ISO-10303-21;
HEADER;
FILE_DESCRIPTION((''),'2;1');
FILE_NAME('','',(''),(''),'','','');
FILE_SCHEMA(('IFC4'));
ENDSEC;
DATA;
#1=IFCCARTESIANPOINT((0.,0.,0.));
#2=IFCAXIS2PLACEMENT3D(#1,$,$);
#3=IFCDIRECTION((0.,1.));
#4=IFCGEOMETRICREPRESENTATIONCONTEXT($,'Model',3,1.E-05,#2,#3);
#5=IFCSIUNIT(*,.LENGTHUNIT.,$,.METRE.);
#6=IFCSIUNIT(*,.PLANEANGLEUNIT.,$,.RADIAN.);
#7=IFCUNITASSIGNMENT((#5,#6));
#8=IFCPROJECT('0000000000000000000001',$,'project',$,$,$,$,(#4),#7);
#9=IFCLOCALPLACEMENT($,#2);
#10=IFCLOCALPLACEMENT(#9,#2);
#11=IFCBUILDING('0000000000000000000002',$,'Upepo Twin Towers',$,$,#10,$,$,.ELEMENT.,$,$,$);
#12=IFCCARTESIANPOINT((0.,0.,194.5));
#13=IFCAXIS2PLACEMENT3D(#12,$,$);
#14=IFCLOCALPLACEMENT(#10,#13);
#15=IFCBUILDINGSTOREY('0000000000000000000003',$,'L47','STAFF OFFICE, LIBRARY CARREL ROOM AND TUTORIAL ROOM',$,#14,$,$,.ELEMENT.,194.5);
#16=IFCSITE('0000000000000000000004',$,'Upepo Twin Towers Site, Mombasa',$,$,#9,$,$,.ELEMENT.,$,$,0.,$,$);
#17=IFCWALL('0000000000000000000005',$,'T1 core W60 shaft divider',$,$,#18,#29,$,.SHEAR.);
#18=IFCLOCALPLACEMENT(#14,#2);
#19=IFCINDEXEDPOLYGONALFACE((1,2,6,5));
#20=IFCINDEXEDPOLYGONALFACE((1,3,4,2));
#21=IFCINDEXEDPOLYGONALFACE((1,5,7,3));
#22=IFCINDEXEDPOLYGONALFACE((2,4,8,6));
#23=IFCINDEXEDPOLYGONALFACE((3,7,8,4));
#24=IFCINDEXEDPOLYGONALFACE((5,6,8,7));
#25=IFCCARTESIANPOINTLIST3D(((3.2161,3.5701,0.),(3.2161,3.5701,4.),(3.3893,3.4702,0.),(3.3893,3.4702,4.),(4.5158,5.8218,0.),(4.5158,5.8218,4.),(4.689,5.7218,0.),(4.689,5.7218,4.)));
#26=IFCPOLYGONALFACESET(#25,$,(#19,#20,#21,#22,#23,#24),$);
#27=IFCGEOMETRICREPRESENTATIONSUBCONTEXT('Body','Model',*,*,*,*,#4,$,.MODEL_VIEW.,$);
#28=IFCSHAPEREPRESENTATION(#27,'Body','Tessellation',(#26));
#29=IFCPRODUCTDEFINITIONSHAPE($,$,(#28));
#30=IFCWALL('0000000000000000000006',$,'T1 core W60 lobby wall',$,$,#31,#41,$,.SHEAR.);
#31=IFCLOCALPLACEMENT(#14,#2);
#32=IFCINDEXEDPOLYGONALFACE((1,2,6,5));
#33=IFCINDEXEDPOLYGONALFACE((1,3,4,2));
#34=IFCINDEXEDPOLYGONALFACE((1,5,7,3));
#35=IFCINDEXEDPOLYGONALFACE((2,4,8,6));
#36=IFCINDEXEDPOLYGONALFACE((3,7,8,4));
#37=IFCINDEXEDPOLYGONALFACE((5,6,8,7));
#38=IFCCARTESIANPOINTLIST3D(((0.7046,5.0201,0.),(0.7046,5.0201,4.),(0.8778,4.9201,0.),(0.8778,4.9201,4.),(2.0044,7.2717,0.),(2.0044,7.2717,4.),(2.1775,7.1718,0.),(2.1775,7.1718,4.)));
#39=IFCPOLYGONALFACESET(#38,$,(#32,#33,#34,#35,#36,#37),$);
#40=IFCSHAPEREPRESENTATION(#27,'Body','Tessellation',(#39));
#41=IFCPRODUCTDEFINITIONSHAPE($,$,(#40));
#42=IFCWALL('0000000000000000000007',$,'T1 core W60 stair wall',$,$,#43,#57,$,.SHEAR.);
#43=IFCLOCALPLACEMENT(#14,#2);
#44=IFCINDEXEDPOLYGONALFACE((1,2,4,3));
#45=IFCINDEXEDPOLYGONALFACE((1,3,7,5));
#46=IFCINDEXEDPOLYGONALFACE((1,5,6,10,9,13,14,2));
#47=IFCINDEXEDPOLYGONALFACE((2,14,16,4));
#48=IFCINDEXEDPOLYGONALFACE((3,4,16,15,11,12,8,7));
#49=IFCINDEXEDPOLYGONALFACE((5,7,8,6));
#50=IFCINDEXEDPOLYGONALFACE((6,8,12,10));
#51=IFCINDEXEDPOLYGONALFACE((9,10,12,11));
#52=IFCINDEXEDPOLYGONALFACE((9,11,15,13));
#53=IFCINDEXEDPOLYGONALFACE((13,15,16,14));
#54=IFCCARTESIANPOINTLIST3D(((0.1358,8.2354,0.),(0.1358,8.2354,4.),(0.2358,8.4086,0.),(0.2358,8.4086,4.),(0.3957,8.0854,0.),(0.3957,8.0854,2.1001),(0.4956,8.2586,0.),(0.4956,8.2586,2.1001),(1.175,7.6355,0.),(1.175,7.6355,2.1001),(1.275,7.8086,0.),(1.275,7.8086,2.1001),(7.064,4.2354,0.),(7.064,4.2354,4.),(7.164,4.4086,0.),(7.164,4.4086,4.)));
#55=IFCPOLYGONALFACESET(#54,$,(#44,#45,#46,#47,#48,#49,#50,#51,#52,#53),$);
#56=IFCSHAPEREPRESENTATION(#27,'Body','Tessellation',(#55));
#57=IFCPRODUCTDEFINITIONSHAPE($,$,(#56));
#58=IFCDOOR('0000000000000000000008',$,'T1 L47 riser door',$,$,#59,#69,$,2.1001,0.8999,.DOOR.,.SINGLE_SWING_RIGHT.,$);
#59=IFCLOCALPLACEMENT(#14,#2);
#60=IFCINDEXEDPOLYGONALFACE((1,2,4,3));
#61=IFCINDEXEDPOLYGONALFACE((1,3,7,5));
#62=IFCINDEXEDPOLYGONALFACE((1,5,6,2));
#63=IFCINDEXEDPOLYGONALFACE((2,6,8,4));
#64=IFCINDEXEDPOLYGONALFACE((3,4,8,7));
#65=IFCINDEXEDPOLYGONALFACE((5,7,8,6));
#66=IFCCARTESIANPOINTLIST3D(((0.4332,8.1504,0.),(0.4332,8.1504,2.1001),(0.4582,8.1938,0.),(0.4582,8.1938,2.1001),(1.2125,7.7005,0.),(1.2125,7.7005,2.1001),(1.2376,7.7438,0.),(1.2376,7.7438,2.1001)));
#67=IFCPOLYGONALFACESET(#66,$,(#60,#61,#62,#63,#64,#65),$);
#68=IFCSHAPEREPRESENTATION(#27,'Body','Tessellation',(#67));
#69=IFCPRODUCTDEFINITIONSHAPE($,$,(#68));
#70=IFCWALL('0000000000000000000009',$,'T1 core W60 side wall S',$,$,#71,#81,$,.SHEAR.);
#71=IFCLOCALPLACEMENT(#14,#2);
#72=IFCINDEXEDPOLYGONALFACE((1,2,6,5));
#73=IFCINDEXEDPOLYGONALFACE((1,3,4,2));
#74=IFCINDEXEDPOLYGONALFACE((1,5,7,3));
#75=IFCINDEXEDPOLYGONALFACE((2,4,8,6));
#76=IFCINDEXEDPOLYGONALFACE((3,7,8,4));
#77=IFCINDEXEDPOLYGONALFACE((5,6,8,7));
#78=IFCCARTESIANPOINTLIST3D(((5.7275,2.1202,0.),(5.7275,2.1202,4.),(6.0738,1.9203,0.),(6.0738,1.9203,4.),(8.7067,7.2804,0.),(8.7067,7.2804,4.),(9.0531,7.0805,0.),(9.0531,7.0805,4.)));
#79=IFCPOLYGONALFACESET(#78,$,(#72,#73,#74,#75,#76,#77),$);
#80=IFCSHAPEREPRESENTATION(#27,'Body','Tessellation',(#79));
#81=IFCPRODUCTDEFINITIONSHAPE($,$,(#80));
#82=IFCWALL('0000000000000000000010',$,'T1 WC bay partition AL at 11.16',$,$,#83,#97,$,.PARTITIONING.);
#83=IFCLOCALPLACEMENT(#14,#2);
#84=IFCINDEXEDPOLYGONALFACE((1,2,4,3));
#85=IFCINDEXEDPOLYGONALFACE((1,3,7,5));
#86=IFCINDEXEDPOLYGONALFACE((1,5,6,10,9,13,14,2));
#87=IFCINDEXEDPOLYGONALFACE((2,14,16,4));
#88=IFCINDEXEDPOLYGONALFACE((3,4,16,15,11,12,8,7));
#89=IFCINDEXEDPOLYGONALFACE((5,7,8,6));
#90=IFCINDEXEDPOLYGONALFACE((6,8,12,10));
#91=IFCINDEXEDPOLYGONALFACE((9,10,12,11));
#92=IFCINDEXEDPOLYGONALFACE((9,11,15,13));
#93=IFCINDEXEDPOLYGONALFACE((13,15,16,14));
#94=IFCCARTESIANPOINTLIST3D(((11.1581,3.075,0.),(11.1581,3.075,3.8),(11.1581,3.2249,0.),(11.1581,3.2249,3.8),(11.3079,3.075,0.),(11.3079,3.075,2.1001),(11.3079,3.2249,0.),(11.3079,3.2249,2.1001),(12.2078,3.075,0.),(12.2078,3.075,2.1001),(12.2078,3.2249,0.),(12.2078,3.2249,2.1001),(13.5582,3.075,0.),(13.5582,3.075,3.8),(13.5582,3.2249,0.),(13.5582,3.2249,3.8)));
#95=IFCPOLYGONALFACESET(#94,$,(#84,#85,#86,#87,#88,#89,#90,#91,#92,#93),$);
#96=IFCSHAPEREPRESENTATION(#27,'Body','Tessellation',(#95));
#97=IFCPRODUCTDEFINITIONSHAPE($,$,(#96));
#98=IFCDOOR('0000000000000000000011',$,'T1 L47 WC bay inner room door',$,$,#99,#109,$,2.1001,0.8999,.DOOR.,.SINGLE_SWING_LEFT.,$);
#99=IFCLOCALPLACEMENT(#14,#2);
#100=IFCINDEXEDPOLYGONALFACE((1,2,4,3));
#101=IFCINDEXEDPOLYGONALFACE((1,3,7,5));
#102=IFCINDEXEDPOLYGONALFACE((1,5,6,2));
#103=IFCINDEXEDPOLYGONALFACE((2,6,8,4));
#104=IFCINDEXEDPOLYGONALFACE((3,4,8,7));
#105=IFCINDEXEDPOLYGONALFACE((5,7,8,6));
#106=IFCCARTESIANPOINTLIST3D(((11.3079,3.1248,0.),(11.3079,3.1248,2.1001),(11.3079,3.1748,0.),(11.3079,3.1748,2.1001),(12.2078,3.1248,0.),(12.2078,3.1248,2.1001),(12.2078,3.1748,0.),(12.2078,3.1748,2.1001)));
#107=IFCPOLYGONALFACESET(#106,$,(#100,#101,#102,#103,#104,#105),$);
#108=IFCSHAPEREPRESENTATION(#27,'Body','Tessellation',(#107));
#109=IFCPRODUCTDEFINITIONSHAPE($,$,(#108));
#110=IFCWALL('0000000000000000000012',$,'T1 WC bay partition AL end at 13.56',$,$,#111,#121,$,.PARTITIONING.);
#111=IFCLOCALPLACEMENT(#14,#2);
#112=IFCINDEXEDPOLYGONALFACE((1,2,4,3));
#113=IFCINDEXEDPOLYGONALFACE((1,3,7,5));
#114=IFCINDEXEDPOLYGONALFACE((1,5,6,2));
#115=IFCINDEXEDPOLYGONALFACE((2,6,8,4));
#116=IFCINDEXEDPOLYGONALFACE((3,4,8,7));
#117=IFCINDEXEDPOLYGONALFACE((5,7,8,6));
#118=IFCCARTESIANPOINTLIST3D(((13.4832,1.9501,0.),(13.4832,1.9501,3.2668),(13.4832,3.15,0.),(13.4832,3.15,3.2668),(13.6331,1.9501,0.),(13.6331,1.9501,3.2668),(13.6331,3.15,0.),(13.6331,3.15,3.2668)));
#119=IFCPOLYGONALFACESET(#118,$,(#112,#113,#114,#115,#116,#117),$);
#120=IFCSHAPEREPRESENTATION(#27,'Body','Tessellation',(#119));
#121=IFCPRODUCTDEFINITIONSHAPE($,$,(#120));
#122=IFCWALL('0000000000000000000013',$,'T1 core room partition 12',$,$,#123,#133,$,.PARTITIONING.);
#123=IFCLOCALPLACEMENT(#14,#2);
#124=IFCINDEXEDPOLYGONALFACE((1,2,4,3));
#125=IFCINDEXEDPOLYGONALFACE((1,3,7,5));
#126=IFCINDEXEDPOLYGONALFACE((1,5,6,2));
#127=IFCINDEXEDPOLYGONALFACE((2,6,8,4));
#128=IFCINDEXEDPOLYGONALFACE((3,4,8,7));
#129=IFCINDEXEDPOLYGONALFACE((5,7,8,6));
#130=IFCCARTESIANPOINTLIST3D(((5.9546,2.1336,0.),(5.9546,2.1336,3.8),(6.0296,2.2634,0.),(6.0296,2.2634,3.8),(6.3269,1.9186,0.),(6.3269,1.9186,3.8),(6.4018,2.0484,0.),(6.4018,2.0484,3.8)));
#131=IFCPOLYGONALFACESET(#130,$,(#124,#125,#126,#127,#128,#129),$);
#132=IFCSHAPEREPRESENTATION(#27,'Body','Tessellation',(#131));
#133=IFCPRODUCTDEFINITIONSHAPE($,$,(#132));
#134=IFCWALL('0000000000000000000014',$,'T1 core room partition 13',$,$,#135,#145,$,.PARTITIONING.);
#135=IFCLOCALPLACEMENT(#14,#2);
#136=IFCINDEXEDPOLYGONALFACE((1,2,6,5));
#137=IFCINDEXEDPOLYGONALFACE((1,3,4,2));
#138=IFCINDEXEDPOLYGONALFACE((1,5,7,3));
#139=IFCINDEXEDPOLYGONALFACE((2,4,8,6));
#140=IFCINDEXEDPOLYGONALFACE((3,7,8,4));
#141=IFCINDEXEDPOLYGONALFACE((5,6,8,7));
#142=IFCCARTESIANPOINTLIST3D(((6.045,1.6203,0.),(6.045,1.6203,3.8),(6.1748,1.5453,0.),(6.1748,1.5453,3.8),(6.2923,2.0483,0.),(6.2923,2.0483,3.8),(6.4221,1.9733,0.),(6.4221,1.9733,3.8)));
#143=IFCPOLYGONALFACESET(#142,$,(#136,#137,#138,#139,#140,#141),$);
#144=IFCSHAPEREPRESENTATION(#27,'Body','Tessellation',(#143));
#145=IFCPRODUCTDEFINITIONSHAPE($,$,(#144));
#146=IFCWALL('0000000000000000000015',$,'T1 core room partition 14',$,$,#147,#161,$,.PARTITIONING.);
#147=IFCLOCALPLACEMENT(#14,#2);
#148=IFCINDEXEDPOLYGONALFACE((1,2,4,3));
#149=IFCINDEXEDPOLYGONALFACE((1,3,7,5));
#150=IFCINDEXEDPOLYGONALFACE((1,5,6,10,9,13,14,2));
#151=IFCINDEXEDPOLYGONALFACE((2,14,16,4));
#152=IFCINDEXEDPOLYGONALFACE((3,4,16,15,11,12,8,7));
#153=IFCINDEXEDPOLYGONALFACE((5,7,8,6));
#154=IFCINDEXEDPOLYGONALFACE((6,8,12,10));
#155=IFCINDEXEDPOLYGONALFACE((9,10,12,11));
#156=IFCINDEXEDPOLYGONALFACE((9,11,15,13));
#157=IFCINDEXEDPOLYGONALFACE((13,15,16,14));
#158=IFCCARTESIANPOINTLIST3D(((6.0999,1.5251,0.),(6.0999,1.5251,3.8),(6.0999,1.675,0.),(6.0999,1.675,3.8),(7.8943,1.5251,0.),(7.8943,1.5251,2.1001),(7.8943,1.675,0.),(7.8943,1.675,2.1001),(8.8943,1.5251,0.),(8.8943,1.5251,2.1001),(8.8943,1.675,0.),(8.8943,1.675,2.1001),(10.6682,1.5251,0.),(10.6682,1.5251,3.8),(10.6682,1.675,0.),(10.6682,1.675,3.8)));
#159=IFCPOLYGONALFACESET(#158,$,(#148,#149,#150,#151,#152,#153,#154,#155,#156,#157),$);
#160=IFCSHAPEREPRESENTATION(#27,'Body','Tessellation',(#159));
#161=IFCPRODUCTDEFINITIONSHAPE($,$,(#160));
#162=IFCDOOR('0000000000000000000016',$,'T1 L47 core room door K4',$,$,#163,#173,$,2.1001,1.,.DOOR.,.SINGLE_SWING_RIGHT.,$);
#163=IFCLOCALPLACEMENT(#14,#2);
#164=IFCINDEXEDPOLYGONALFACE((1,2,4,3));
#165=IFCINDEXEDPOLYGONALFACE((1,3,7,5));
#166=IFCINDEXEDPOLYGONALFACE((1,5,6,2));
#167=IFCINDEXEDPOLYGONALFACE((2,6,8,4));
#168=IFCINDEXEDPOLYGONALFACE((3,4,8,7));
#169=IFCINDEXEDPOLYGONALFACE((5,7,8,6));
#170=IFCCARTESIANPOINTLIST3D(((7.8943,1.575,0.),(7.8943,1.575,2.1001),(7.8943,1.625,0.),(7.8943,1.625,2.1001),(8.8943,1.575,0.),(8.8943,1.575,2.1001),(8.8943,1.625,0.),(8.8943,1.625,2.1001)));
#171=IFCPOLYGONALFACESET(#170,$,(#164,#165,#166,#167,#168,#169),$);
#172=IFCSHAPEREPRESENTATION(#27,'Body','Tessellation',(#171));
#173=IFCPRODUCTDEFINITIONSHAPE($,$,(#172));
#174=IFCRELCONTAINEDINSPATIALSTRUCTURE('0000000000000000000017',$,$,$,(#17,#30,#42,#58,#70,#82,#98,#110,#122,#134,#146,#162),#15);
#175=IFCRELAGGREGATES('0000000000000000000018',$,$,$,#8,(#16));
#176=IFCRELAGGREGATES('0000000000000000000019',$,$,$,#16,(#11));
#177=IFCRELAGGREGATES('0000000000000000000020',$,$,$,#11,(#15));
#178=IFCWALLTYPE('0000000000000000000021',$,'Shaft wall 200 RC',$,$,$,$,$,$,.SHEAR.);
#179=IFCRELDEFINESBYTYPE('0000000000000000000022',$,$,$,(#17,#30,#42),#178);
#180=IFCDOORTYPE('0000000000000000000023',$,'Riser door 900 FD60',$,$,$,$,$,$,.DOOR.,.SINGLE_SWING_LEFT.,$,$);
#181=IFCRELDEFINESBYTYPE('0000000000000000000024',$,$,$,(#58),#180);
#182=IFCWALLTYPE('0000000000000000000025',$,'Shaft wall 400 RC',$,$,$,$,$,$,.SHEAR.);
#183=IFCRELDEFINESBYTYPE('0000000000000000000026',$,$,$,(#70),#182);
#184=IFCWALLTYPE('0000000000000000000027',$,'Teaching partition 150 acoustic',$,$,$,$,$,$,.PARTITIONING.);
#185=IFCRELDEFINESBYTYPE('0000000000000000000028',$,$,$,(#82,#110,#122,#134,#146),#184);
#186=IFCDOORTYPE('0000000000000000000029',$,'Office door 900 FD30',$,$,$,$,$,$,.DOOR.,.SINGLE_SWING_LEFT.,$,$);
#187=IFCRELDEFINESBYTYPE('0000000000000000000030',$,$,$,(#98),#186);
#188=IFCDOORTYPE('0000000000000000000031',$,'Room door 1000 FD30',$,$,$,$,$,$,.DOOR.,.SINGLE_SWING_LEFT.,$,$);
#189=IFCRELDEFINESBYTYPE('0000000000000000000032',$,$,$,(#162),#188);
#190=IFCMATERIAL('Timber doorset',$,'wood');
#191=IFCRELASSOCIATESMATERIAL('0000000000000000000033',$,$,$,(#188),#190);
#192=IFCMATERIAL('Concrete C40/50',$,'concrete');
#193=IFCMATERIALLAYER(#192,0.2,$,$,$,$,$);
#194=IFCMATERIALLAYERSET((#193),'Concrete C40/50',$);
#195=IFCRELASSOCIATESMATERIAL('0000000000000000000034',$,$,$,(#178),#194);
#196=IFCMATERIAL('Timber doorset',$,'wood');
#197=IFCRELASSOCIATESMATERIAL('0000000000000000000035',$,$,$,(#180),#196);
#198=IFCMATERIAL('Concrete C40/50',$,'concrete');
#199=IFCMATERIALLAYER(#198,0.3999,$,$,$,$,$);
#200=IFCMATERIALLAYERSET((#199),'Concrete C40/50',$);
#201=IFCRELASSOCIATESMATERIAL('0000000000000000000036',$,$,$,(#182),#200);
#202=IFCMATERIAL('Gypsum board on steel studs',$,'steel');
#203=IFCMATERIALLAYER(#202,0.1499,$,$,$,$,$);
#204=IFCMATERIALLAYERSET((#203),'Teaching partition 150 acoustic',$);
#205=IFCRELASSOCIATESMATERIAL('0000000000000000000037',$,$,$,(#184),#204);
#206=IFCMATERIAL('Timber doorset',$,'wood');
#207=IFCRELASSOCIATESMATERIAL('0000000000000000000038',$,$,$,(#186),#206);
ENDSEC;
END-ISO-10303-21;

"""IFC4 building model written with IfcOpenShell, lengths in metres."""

from ifc_helpers import new_model, si_unit, direction, frame, frame_2d, origin, place, context, subcontext, project, spatial, rectangle, extrude, material, layer, layer_set, type_object, element, fill, save


model = new_model("IFC4")

# Units and contexts
model_context = context("Model", 3, precision=1e-05, world=origin(), true_north=direction((0.0, 1.0)))
body_context = subcontext(model_context, "Body", "Model", "MODEL_VIEW")
ifc_project = project(units=[si_unit("LENGTHUNIT", "METRE"), si_unit("PLANEANGLEUNIT", "RADIAN")], contexts=[model_context])

# Site, building, storey
site_placement = place(None, origin())
site = spatial("IfcSite", under=ifc_project, at=site_placement, Name="Upepo Twin Towers Site, Mombasa", CompositionType="ELEMENT", RefElevation=0.0)
building_placement = place(site_placement, origin())
building = spatial("IfcBuilding", under=site, at=building_placement, Name="Upepo Twin Towers", CompositionType="ELEMENT")
storey_placement = place(building_placement, frame((0.0, 0.0, 194.5)))
storey = spatial("IfcBuildingStorey", under=building, at=storey_placement, Name="L47", Description="STAFF OFFICE, LIBRARY CARREL ROOM AND TUTORIAL ROOM", CompositionType="ELEMENT", Elevation=194.5)

# Shared definitions
ifc_material_1 = material(Name="Timber doorset", Category="wood")
door_type_1 = type_object("IfcDoorType", Name="Room door 1000 FD30", OperationType="SINGLE_SWING_LEFT", PredefinedType="DOOR", material=ifc_material_1)

# Shared definitions
ifc_material_2 = material(Name="Concrete C40/50", Category="concrete")
ifc_layer_1 = layer(ifc_material_2, 0.2)
ifc_layer_set_1 = layer_set([ifc_layer_1], Name="Concrete C40/50")
wall_type_1 = type_object("IfcWallType", Name="Shaft wall 200 RC", PredefinedType="SHEAR", material=ifc_layer_set_1)

# Walls
for number, where, z_axis, x_axis, name in (
    (1, (3.3027, 3.5203, 0.0), (0.0, 0.0, 1.0), (0.499937, 0.866062, 0.0), "T1 core W60 shaft divider"),
    (2, (0.7913, 4.9702, 0.0), (0.0, 0.0, 1.0), (0.499937, 0.866062, 0.0), "T1 core W60 lobby wall"),
):
    element("IfcWall", number, at=place(storey_placement, frame(where, z_axis=z_axis, x_axis=x_axis)), inside=storey, type_object=wall_type_1, Name=name, PredefinedType="SHEAR", context=body_context, shape_type="SweptSolid", body=[
        extrude(rectangle(XDim=2.5999, YDim=0.2, at=frame_2d((1.2998, 0.0))), origin(), (0.0, 0.0, 1.0), 4.0),
    ])

# Wall, opening, door
wall_1_placement = place(storey_placement, frame((7.114, 4.322, 0.0), z_axis=(0.0, 0.0, 1.0), x_axis=(-0.866026, 0.499999, 0.0)))
wall_1 = element("IfcWall", 3, at=wall_1_placement, inside=storey, type_object=wall_type_1, Name="T1 core W60 stair wall", PredefinedType="SHEAR", context=body_context, shape_type="SweptSolid", body=[
    extrude(rectangle(XDim=8.0, YDim=0.2, at=frame_2d((4.0, 0.0))), origin(), (0.0, 0.0, 1.0), 4.0),
])
opening_1_placement = place(wall_1_placement, frame((6.8, 0.0, 0.0)))
opening_1 = element("IfcOpeningElement", 4, at=opening_1_placement, cuts=wall_1, PredefinedType="OPENING", context=body_context, shape_type="SweptSolid", body=[
    extrude(rectangle(XDim=0.8999, YDim=2.1001, at=frame_2d((0.45, 1.05))), frame((0.0, 0.1099, 0.0), z_axis=(0.0, -1.0, 0.0), x_axis=(1.0, 0.0, 0.0)), (0.0, 0.0, 1.0), 0.22),
])
ifc_material_3 = material(Name="Timber doorset", Category="wood")
door_type_2 = type_object("IfcDoorType", Name="Riser door 900 FD60", OperationType="SINGLE_SWING_LEFT", PredefinedType="DOOR", material=ifc_material_3)
door_1_placement = place(opening_1_placement, origin())
door_1 = element("IfcDoor", 5, at=door_1_placement, inside=storey, type_object=door_type_2, Name="T1 L47 riser door", OperationType="SINGLE_SWING_RIGHT", OverallHeight=2.1001, OverallWidth=0.8999, PredefinedType="DOOR", context=body_context, shape_type="SweptSolid", body=[
    extrude(rectangle(XDim=0.8999, YDim=2.1001, at=frame_2d((0.45, 1.05))), frame((0.0, 0.0249, 0.0), z_axis=(0.0, -1.0, 0.0), x_axis=(1.0, 0.0, 0.0)), (0.0, 0.0, 1.0), 0.05),
])
fill(opening_1, door_1)

# Wall
ifc_material_4 = material(Name="Concrete C40/50", Category="concrete")
ifc_layer_2 = layer(ifc_material_4, 0.3999)
ifc_layer_set_2 = layer_set([ifc_layer_2], Name="Concrete C40/50")
wall_type_2 = type_object("IfcWallType", Name="Shaft wall 400 RC", PredefinedType="SHEAR", material=ifc_layer_set_2)
wall_2_placement = place(storey_placement, frame((5.9006, 2.0203, 0.0), z_axis=(0.0, 0.0, 1.0), x_axis=(0.500004, 0.866023, 0.0)))
element("IfcWall", 6, at=wall_2_placement, inside=storey, type_object=wall_type_2, Name="T1 core W60 side wall S", PredefinedType="SHEAR", context=body_context, shape_type="SweptSolid", body=[
    extrude(rectangle(XDim=5.9585, YDim=0.3999, at=frame_2d((2.9792, 0.0))), origin(), (0.0, 0.0, 1.0), 4.0),
])

# Wall, opening, door
ifc_material_5 = material(Name="Gypsum board on steel studs", Category="steel")
ifc_layer_3 = layer(ifc_material_5, 0.1499)
ifc_layer_set_3 = layer_set([ifc_layer_3], Name="Teaching partition 150 acoustic")
wall_type_3 = type_object("IfcWallType", Name="Teaching partition 150 acoustic", PredefinedType="PARTITIONING", material=ifc_layer_set_3)
wall_3_placement = place(storey_placement, frame((11.158, 3.1499, 0.0), z_axis=(0.0, 0.0, 1.0), x_axis=(1.0, 0.0, 0.0)))
wall_3 = element("IfcWall", 7, at=wall_3_placement, inside=storey, type_object=wall_type_3, Name="T1 WC bay partition AL at 11.16", PredefinedType="PARTITIONING", context=body_context, shape_type="SweptSolid", body=[
    extrude(rectangle(XDim=2.4001, YDim=0.1499, at=frame_2d((1.2002, 0.0))), origin(), (0.0, 0.0, 1.0), 3.8),
])
opening_2_placement = place(wall_3_placement, frame((0.1499, 0.0, 0.0)))
opening_2 = element("IfcOpeningElement", 8, at=opening_2_placement, cuts=wall_3, PredefinedType="OPENING", context=body_context, shape_type="SweptSolid", body=[
    extrude(rectangle(XDim=0.8999, YDim=2.1001, at=frame_2d((0.45, 1.05))), frame((0.0, 0.085, 0.0), z_axis=(0.0, -1.0, 0.0), x_axis=(1.0, 0.0, 0.0)), (0.0, 0.0, 1.0), 0.1699),
])
ifc_material_6 = material(Name="Timber doorset", Category="wood")
door_type_3 = type_object("IfcDoorType", Name="Office door 900 FD30", OperationType="SINGLE_SWING_LEFT", PredefinedType="DOOR", material=ifc_material_6)
door_2_placement = place(opening_2_placement, origin())
door_2 = element("IfcDoor", 9, at=door_2_placement, inside=storey, type_object=door_type_3, Name="T1 L47 WC bay inner room door", OperationType="SINGLE_SWING_LEFT", OverallHeight=2.1001, OverallWidth=0.8999, PredefinedType="DOOR", context=body_context, shape_type="SweptSolid", body=[
    extrude(rectangle(XDim=0.8999, YDim=2.1001, at=frame_2d((0.45, 1.05))), frame((0.0, 0.0249, 0.0), z_axis=(0.0, -1.0, 0.0), x_axis=(1.0, 0.0, 0.0)), (0.0, 0.0, 1.0), 0.05),
])
fill(opening_2, door_2)

# Walls
wall_4_placement = place(storey_placement, frame((13.5581, 1.95, 0.0), z_axis=(0.0, 0.0, 1.0), x_axis=(0.0, 1.0, 0.0)))
element("IfcWall", 10, at=wall_4_placement, inside=storey, type_object=wall_type_3, Name="T1 WC bay partition AL end at 13.56", PredefinedType="PARTITIONING", context=body_context, shape_type="SweptSolid", body=[
    extrude(rectangle(XDim=1.2, YDim=0.1499, at=frame_2d((0.6001, 0.0))), origin(), (0.0, 0.0, 1.0), 3.2668),
])
wall_5_placement = place(storey_placement, frame((5.9922, 2.1985, 0.0), z_axis=(0.0, 0.0, 1.0), x_axis=(0.865892, -0.50023, 0.0)))
element("IfcWall", 11, at=wall_5_placement, inside=storey, type_object=wall_type_3, Name="T1 core room partition 12", PredefinedType="PARTITIONING", context=body_context, shape_type="SweptSolid", body=[
    extrude(rectangle(XDim=0.4299, YDim=0.1499, at=frame_2d((0.2148, 0.0))), origin(), (0.0, 0.0, 1.0), 3.8),
])
wall_6_placement = place(storey_placement, frame((6.3572, 2.0107, 0.0), z_axis=(0.0, 0.0, 1.0), x_axis=(-0.500335, -0.865832, 0.0)))
element("IfcWall", 12, at=wall_6_placement, inside=storey, type_object=wall_type_3, Name="T1 core room partition 13", PredefinedType="PARTITIONING", context=body_context, shape_type="SweptSolid", body=[
    extrude(rectangle(XDim=0.4944, YDim=0.1499, at=frame_2d((0.2471, 0.0))), origin(), (0.0, 0.0, 1.0), 3.8),
])

# Wall, opening, door
wall_7_placement = place(storey_placement, frame((6.0999, 1.6001, 0.0), z_axis=(0.0, 0.0, 1.0), x_axis=(1.0, 0.0, 0.0)))
wall_7 = element("IfcWall", 13, at=wall_7_placement, inside=storey, type_object=wall_type_3, Name="T1 core room partition 14", PredefinedType="PARTITIONING", context=body_context, shape_type="SweptSolid", body=[
    extrude(rectangle(XDim=4.5684, YDim=0.1499, at=frame_2d((2.2842, 0.0))), origin(), (0.0, 0.0, 1.0), 3.8),
])
opening_3_placement = place(wall_7_placement, frame((1.7944, 0.0, 0.0)))
opening_3 = element("IfcOpeningElement", 14, at=opening_3_placement, cuts=wall_7, PredefinedType="OPENING", context=body_context, shape_type="SweptSolid", body=[
    extrude(rectangle(XDim=1.0, YDim=2.1001, at=frame_2d((0.5, 1.05))), frame((0.0, 0.085, 0.0), z_axis=(0.0, -1.0, 0.0), x_axis=(1.0, 0.0, 0.0)), (0.0, 0.0, 1.0), 0.1699),
])
door_3_placement = place(opening_3_placement, origin())
door_3 = element("IfcDoor", 15, at=door_3_placement, inside=storey, type_object=door_type_1, Name="T1 L47 core room door K4", OperationType="SINGLE_SWING_RIGHT", OverallHeight=2.1001, OverallWidth=1.0, PredefinedType="DOOR", context=body_context, shape_type="SweptSolid", body=[
    extrude(rectangle(XDim=1.0, YDim=2.1001, at=frame_2d((0.5, 1.05))), frame((0.0, 0.0249, 0.0), z_axis=(0.0, -1.0, 0.0), x_axis=(1.0, 0.0, 0.0)), (0.0, 0.0, 1.0), 0.05),
])
fill(opening_3, door_3)

save(model, "model.ifc")
